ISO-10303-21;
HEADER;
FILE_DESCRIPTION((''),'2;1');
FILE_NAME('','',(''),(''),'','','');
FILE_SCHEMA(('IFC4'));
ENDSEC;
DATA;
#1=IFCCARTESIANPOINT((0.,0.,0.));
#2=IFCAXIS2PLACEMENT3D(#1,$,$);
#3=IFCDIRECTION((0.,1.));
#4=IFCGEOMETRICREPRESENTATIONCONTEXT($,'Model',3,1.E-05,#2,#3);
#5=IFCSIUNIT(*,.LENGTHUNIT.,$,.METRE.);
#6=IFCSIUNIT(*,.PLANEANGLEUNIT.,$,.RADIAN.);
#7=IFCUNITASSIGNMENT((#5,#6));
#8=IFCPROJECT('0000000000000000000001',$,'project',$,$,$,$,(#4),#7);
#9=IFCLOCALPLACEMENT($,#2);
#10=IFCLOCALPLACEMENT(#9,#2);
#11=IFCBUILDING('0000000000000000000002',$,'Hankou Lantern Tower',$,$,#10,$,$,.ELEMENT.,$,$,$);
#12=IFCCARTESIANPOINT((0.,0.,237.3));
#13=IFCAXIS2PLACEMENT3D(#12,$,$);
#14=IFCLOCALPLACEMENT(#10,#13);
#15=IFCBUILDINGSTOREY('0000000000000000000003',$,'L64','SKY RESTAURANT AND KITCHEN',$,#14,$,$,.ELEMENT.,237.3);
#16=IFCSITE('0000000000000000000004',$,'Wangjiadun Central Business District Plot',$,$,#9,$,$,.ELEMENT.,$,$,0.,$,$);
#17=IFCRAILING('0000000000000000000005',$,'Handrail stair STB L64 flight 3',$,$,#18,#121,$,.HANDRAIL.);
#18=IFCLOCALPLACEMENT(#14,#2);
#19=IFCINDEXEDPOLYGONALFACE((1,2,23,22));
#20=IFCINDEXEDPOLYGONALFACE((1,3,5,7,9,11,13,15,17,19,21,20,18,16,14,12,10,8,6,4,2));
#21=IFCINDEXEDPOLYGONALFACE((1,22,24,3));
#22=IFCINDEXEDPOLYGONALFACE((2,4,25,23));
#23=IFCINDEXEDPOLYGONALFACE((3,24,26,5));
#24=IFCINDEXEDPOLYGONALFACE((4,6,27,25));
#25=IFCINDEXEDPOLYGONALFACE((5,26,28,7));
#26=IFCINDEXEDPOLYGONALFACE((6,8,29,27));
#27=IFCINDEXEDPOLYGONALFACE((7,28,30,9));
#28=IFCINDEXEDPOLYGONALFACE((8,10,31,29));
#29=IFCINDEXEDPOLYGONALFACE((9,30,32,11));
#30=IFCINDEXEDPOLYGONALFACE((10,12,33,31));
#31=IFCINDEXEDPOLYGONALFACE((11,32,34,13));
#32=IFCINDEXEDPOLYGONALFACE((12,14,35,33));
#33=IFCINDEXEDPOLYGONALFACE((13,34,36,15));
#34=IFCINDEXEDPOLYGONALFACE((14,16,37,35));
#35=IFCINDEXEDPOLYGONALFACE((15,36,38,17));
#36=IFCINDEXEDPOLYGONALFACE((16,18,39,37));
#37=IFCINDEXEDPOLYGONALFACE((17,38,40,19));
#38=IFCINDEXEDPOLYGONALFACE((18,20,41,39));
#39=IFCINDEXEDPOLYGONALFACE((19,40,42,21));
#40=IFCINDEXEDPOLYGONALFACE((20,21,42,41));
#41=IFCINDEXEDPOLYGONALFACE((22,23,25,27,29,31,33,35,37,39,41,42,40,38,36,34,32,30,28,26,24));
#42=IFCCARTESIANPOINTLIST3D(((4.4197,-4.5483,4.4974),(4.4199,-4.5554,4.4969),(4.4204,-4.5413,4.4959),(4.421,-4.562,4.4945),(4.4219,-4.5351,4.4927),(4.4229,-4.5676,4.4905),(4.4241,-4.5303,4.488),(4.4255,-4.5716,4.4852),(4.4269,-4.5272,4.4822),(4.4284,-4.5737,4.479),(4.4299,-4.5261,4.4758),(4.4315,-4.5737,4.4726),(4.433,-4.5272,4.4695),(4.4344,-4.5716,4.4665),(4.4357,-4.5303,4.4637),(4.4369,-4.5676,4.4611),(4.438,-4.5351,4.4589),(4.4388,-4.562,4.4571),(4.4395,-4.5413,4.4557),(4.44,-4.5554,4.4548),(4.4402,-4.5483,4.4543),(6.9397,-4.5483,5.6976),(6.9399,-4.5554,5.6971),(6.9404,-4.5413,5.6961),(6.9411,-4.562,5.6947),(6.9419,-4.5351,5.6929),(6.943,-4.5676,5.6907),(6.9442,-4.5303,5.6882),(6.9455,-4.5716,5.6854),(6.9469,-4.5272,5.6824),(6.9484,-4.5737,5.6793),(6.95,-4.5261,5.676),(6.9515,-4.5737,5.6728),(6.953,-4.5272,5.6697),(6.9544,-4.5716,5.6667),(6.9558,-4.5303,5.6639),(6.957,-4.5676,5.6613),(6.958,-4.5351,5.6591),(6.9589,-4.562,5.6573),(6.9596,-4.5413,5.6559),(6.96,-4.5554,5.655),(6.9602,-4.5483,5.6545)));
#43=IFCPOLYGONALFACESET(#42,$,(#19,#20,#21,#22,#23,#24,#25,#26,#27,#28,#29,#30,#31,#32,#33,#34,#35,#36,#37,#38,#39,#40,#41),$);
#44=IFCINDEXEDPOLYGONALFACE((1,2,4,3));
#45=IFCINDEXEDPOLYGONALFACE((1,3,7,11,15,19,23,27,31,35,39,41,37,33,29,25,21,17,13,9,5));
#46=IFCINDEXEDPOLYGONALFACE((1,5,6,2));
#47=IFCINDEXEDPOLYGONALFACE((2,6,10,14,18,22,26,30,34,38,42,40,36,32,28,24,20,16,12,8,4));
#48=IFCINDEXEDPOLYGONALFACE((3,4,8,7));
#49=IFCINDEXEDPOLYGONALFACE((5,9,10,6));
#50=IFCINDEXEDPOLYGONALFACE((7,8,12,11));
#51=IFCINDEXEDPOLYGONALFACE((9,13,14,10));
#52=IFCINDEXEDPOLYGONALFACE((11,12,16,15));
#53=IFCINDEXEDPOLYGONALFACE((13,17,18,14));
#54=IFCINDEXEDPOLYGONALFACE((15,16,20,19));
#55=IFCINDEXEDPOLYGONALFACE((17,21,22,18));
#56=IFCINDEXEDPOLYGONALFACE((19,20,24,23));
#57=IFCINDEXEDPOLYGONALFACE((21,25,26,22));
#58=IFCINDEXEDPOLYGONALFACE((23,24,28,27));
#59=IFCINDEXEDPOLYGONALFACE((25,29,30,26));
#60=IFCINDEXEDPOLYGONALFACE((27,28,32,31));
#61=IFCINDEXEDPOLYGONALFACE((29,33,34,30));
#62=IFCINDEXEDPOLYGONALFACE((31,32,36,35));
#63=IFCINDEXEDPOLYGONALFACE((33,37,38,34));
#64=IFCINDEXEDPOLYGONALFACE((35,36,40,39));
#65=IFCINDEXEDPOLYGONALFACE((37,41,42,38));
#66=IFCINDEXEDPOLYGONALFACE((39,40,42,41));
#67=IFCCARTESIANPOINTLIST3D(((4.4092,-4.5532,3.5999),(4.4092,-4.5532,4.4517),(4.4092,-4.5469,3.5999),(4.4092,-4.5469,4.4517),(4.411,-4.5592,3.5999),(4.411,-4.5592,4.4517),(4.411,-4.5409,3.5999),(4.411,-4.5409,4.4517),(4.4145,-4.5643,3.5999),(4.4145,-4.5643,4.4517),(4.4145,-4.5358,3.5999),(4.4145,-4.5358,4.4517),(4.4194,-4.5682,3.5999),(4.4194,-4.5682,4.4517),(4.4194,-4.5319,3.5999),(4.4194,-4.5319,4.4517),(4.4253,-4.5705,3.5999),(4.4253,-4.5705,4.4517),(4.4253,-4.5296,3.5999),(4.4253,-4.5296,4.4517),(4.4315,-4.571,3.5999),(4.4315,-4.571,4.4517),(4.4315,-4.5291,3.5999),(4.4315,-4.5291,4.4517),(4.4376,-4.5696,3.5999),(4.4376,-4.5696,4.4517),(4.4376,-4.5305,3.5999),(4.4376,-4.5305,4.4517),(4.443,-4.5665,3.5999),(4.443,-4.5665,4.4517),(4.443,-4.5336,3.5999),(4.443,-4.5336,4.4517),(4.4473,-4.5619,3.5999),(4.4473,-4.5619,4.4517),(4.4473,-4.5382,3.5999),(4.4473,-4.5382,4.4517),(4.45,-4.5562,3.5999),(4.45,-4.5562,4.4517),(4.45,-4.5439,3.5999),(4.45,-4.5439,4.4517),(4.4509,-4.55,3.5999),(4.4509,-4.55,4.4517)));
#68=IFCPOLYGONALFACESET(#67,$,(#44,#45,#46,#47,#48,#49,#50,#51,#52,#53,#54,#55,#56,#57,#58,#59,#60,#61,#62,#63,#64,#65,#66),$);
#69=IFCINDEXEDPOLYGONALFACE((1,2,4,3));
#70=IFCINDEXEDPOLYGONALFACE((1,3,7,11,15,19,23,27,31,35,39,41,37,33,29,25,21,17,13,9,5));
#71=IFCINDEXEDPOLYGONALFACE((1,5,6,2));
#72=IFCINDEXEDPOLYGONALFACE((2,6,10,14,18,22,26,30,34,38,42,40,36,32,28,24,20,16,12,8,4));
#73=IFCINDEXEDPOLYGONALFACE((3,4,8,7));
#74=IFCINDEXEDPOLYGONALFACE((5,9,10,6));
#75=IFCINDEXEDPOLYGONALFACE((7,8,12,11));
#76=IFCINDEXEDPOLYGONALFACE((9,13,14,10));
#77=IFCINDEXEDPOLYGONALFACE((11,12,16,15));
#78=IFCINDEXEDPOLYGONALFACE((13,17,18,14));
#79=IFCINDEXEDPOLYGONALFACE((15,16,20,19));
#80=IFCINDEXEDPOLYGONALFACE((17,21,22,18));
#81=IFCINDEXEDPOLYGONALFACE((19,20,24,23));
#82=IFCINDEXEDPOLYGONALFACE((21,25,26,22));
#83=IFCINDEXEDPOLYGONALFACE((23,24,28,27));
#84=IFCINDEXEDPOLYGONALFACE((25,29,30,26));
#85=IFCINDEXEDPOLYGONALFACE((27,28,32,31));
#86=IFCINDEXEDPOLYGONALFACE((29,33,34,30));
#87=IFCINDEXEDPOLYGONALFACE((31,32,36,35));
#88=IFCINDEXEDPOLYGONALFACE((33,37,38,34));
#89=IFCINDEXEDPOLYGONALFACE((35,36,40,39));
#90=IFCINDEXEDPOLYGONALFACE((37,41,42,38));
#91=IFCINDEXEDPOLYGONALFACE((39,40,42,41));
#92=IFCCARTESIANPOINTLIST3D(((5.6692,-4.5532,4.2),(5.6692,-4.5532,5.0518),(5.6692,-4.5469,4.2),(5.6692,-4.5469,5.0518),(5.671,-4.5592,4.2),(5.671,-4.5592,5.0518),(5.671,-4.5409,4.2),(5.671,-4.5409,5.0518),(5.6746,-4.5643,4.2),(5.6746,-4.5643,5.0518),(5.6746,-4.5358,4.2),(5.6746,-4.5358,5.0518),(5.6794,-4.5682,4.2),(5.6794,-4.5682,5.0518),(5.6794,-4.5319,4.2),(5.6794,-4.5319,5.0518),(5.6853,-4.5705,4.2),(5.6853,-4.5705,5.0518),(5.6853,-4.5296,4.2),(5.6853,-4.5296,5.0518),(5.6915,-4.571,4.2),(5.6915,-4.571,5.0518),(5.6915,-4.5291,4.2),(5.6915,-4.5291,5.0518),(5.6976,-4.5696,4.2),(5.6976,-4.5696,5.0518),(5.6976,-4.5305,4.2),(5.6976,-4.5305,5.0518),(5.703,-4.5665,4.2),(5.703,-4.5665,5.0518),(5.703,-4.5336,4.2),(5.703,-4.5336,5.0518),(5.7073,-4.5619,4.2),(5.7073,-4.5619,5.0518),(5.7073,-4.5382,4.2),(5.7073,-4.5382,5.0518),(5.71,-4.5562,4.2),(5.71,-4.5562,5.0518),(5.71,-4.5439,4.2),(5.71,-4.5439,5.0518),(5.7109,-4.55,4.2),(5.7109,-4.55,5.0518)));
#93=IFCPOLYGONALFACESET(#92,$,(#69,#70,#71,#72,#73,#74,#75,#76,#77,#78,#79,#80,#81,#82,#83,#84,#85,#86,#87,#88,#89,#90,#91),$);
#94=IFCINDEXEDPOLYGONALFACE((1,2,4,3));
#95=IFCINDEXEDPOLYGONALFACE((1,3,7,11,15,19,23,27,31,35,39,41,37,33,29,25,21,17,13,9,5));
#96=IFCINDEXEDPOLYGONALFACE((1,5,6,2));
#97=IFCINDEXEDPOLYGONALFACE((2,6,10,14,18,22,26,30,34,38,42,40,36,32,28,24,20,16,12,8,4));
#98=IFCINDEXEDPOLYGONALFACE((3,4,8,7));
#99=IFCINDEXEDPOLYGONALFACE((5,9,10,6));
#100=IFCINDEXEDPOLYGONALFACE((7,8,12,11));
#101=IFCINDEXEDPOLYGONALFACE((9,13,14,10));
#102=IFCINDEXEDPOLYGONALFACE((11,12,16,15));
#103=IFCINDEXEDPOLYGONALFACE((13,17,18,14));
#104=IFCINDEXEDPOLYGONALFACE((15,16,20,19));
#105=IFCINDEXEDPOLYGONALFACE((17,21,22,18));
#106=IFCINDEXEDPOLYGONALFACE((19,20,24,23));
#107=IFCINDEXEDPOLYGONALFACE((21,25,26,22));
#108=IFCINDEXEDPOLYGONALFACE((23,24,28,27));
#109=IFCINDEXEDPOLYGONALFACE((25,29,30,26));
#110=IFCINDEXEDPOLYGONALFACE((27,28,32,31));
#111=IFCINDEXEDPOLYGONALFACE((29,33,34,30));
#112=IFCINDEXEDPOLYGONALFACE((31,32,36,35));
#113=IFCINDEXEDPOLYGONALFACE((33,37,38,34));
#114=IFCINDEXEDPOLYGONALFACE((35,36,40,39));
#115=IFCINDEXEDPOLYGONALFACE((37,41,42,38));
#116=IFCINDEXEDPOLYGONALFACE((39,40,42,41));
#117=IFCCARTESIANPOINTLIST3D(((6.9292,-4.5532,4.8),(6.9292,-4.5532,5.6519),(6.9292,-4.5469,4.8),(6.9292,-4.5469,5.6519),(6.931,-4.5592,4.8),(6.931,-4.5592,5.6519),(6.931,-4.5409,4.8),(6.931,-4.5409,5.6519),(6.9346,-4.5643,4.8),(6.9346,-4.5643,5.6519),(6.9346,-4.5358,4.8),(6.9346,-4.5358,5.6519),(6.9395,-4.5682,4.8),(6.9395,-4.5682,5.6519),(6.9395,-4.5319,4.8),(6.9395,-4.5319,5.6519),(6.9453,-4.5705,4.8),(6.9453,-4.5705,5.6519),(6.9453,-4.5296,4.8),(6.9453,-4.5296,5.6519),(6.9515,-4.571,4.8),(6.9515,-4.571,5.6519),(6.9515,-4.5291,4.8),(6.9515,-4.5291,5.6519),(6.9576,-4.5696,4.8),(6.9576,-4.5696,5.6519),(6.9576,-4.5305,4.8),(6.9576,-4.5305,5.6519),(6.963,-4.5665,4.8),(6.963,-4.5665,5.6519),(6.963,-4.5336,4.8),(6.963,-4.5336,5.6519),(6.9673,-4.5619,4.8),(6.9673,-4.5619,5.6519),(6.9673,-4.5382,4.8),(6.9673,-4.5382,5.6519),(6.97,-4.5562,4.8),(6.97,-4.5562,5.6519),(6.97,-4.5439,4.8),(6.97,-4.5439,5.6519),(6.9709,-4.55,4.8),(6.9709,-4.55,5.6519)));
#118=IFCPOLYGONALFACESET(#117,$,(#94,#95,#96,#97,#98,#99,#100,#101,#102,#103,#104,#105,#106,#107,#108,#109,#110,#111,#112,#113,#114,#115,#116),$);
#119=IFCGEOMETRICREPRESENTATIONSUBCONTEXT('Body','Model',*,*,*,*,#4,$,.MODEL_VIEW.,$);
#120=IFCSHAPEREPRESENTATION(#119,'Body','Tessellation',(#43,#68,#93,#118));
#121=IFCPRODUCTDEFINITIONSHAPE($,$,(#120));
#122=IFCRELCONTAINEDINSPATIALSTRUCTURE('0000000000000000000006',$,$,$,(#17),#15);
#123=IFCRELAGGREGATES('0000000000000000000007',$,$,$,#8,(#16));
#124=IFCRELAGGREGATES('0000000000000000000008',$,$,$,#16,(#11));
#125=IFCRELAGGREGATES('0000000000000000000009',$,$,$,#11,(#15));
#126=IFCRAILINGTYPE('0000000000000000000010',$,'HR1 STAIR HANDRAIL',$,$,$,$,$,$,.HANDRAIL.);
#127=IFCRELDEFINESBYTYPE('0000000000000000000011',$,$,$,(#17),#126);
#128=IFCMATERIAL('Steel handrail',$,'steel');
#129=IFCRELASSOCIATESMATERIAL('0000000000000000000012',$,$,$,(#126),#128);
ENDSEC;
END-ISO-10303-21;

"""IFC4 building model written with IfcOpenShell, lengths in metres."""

from ifc_helpers import new_model, si_unit, direction, frame, origin, origin_2d, place, context, subcontext, project, spatial, circle, extrude, material, type_object, element, save


model = new_model("IFC4")

# Units and contexts
model_context = context("Model", 3, precision=1e-05, world=origin(), true_north=direction((0.0, 1.0)))
body_context = subcontext(model_context, "Body", "Model", "MODEL_VIEW")
ifc_project = project(units=[si_unit("LENGTHUNIT", "METRE"), si_unit("PLANEANGLEUNIT", "RADIAN")], contexts=[model_context])

# Site, building, storey
site_placement = place(None, origin())
site = spatial("IfcSite", under=ifc_project, at=site_placement, Name="Wangjiadun Central Business District Plot", CompositionType="ELEMENT", RefElevation=0.0)
building_placement = place(site_placement, origin())
building = spatial("IfcBuilding", under=site, at=building_placement, Name="Hankou Lantern Tower", CompositionType="ELEMENT")
storey_placement = place(building_placement, frame((0.0, 0.0, 237.3)))
storey = spatial("IfcBuildingStorey", under=building, at=storey_placement, Name="L64", Description="SKY RESTAURANT AND KITCHEN", CompositionType="ELEMENT", Elevation=237.3)

# Railing
ifc_material_1 = material(Name="Steel handrail", Category="steel")
railing_type = type_object("IfcRailingType", Name="HR1 STAIR HANDRAIL", PredefinedType="HANDRAIL", material=ifc_material_1)
railing_1_placement = place(storey_placement, frame((4.4299, -4.55, 3.5999)))
element("IfcRailing", 1, at=railing_1_placement, inside=storey, type_object=railing_type, Name="Handrail stair STB L64 flight 3", PredefinedType="HANDRAIL", context=body_context, shape_type="SweptSolid", body=[
    extrude(circle(Radius=0.0239, at=origin_2d()), frame((0.0, 0.0, 0.876), z_axis=(0.902835, 0.0, 0.429988), x_axis=(0.0, 1.0, 0.0)), (0.0, 0.0, 1.0), 2.7913),
    extrude(circle(Radius=0.021, at=origin_2d()), origin(), (0.0, 0.0, 1.0), 0.8518),
    extrude(circle(Radius=0.021, at=origin_2d()), frame((1.26, 0.0, 0.6001)), (0.0, 0.0, 1.0), 0.8518),
    extrude(circle(Radius=0.021, at=origin_2d()), frame((2.52, 0.0, 1.2002)), (0.0, 0.0, 1.0), 0.8518),
])

save(model, "model.ifc")
